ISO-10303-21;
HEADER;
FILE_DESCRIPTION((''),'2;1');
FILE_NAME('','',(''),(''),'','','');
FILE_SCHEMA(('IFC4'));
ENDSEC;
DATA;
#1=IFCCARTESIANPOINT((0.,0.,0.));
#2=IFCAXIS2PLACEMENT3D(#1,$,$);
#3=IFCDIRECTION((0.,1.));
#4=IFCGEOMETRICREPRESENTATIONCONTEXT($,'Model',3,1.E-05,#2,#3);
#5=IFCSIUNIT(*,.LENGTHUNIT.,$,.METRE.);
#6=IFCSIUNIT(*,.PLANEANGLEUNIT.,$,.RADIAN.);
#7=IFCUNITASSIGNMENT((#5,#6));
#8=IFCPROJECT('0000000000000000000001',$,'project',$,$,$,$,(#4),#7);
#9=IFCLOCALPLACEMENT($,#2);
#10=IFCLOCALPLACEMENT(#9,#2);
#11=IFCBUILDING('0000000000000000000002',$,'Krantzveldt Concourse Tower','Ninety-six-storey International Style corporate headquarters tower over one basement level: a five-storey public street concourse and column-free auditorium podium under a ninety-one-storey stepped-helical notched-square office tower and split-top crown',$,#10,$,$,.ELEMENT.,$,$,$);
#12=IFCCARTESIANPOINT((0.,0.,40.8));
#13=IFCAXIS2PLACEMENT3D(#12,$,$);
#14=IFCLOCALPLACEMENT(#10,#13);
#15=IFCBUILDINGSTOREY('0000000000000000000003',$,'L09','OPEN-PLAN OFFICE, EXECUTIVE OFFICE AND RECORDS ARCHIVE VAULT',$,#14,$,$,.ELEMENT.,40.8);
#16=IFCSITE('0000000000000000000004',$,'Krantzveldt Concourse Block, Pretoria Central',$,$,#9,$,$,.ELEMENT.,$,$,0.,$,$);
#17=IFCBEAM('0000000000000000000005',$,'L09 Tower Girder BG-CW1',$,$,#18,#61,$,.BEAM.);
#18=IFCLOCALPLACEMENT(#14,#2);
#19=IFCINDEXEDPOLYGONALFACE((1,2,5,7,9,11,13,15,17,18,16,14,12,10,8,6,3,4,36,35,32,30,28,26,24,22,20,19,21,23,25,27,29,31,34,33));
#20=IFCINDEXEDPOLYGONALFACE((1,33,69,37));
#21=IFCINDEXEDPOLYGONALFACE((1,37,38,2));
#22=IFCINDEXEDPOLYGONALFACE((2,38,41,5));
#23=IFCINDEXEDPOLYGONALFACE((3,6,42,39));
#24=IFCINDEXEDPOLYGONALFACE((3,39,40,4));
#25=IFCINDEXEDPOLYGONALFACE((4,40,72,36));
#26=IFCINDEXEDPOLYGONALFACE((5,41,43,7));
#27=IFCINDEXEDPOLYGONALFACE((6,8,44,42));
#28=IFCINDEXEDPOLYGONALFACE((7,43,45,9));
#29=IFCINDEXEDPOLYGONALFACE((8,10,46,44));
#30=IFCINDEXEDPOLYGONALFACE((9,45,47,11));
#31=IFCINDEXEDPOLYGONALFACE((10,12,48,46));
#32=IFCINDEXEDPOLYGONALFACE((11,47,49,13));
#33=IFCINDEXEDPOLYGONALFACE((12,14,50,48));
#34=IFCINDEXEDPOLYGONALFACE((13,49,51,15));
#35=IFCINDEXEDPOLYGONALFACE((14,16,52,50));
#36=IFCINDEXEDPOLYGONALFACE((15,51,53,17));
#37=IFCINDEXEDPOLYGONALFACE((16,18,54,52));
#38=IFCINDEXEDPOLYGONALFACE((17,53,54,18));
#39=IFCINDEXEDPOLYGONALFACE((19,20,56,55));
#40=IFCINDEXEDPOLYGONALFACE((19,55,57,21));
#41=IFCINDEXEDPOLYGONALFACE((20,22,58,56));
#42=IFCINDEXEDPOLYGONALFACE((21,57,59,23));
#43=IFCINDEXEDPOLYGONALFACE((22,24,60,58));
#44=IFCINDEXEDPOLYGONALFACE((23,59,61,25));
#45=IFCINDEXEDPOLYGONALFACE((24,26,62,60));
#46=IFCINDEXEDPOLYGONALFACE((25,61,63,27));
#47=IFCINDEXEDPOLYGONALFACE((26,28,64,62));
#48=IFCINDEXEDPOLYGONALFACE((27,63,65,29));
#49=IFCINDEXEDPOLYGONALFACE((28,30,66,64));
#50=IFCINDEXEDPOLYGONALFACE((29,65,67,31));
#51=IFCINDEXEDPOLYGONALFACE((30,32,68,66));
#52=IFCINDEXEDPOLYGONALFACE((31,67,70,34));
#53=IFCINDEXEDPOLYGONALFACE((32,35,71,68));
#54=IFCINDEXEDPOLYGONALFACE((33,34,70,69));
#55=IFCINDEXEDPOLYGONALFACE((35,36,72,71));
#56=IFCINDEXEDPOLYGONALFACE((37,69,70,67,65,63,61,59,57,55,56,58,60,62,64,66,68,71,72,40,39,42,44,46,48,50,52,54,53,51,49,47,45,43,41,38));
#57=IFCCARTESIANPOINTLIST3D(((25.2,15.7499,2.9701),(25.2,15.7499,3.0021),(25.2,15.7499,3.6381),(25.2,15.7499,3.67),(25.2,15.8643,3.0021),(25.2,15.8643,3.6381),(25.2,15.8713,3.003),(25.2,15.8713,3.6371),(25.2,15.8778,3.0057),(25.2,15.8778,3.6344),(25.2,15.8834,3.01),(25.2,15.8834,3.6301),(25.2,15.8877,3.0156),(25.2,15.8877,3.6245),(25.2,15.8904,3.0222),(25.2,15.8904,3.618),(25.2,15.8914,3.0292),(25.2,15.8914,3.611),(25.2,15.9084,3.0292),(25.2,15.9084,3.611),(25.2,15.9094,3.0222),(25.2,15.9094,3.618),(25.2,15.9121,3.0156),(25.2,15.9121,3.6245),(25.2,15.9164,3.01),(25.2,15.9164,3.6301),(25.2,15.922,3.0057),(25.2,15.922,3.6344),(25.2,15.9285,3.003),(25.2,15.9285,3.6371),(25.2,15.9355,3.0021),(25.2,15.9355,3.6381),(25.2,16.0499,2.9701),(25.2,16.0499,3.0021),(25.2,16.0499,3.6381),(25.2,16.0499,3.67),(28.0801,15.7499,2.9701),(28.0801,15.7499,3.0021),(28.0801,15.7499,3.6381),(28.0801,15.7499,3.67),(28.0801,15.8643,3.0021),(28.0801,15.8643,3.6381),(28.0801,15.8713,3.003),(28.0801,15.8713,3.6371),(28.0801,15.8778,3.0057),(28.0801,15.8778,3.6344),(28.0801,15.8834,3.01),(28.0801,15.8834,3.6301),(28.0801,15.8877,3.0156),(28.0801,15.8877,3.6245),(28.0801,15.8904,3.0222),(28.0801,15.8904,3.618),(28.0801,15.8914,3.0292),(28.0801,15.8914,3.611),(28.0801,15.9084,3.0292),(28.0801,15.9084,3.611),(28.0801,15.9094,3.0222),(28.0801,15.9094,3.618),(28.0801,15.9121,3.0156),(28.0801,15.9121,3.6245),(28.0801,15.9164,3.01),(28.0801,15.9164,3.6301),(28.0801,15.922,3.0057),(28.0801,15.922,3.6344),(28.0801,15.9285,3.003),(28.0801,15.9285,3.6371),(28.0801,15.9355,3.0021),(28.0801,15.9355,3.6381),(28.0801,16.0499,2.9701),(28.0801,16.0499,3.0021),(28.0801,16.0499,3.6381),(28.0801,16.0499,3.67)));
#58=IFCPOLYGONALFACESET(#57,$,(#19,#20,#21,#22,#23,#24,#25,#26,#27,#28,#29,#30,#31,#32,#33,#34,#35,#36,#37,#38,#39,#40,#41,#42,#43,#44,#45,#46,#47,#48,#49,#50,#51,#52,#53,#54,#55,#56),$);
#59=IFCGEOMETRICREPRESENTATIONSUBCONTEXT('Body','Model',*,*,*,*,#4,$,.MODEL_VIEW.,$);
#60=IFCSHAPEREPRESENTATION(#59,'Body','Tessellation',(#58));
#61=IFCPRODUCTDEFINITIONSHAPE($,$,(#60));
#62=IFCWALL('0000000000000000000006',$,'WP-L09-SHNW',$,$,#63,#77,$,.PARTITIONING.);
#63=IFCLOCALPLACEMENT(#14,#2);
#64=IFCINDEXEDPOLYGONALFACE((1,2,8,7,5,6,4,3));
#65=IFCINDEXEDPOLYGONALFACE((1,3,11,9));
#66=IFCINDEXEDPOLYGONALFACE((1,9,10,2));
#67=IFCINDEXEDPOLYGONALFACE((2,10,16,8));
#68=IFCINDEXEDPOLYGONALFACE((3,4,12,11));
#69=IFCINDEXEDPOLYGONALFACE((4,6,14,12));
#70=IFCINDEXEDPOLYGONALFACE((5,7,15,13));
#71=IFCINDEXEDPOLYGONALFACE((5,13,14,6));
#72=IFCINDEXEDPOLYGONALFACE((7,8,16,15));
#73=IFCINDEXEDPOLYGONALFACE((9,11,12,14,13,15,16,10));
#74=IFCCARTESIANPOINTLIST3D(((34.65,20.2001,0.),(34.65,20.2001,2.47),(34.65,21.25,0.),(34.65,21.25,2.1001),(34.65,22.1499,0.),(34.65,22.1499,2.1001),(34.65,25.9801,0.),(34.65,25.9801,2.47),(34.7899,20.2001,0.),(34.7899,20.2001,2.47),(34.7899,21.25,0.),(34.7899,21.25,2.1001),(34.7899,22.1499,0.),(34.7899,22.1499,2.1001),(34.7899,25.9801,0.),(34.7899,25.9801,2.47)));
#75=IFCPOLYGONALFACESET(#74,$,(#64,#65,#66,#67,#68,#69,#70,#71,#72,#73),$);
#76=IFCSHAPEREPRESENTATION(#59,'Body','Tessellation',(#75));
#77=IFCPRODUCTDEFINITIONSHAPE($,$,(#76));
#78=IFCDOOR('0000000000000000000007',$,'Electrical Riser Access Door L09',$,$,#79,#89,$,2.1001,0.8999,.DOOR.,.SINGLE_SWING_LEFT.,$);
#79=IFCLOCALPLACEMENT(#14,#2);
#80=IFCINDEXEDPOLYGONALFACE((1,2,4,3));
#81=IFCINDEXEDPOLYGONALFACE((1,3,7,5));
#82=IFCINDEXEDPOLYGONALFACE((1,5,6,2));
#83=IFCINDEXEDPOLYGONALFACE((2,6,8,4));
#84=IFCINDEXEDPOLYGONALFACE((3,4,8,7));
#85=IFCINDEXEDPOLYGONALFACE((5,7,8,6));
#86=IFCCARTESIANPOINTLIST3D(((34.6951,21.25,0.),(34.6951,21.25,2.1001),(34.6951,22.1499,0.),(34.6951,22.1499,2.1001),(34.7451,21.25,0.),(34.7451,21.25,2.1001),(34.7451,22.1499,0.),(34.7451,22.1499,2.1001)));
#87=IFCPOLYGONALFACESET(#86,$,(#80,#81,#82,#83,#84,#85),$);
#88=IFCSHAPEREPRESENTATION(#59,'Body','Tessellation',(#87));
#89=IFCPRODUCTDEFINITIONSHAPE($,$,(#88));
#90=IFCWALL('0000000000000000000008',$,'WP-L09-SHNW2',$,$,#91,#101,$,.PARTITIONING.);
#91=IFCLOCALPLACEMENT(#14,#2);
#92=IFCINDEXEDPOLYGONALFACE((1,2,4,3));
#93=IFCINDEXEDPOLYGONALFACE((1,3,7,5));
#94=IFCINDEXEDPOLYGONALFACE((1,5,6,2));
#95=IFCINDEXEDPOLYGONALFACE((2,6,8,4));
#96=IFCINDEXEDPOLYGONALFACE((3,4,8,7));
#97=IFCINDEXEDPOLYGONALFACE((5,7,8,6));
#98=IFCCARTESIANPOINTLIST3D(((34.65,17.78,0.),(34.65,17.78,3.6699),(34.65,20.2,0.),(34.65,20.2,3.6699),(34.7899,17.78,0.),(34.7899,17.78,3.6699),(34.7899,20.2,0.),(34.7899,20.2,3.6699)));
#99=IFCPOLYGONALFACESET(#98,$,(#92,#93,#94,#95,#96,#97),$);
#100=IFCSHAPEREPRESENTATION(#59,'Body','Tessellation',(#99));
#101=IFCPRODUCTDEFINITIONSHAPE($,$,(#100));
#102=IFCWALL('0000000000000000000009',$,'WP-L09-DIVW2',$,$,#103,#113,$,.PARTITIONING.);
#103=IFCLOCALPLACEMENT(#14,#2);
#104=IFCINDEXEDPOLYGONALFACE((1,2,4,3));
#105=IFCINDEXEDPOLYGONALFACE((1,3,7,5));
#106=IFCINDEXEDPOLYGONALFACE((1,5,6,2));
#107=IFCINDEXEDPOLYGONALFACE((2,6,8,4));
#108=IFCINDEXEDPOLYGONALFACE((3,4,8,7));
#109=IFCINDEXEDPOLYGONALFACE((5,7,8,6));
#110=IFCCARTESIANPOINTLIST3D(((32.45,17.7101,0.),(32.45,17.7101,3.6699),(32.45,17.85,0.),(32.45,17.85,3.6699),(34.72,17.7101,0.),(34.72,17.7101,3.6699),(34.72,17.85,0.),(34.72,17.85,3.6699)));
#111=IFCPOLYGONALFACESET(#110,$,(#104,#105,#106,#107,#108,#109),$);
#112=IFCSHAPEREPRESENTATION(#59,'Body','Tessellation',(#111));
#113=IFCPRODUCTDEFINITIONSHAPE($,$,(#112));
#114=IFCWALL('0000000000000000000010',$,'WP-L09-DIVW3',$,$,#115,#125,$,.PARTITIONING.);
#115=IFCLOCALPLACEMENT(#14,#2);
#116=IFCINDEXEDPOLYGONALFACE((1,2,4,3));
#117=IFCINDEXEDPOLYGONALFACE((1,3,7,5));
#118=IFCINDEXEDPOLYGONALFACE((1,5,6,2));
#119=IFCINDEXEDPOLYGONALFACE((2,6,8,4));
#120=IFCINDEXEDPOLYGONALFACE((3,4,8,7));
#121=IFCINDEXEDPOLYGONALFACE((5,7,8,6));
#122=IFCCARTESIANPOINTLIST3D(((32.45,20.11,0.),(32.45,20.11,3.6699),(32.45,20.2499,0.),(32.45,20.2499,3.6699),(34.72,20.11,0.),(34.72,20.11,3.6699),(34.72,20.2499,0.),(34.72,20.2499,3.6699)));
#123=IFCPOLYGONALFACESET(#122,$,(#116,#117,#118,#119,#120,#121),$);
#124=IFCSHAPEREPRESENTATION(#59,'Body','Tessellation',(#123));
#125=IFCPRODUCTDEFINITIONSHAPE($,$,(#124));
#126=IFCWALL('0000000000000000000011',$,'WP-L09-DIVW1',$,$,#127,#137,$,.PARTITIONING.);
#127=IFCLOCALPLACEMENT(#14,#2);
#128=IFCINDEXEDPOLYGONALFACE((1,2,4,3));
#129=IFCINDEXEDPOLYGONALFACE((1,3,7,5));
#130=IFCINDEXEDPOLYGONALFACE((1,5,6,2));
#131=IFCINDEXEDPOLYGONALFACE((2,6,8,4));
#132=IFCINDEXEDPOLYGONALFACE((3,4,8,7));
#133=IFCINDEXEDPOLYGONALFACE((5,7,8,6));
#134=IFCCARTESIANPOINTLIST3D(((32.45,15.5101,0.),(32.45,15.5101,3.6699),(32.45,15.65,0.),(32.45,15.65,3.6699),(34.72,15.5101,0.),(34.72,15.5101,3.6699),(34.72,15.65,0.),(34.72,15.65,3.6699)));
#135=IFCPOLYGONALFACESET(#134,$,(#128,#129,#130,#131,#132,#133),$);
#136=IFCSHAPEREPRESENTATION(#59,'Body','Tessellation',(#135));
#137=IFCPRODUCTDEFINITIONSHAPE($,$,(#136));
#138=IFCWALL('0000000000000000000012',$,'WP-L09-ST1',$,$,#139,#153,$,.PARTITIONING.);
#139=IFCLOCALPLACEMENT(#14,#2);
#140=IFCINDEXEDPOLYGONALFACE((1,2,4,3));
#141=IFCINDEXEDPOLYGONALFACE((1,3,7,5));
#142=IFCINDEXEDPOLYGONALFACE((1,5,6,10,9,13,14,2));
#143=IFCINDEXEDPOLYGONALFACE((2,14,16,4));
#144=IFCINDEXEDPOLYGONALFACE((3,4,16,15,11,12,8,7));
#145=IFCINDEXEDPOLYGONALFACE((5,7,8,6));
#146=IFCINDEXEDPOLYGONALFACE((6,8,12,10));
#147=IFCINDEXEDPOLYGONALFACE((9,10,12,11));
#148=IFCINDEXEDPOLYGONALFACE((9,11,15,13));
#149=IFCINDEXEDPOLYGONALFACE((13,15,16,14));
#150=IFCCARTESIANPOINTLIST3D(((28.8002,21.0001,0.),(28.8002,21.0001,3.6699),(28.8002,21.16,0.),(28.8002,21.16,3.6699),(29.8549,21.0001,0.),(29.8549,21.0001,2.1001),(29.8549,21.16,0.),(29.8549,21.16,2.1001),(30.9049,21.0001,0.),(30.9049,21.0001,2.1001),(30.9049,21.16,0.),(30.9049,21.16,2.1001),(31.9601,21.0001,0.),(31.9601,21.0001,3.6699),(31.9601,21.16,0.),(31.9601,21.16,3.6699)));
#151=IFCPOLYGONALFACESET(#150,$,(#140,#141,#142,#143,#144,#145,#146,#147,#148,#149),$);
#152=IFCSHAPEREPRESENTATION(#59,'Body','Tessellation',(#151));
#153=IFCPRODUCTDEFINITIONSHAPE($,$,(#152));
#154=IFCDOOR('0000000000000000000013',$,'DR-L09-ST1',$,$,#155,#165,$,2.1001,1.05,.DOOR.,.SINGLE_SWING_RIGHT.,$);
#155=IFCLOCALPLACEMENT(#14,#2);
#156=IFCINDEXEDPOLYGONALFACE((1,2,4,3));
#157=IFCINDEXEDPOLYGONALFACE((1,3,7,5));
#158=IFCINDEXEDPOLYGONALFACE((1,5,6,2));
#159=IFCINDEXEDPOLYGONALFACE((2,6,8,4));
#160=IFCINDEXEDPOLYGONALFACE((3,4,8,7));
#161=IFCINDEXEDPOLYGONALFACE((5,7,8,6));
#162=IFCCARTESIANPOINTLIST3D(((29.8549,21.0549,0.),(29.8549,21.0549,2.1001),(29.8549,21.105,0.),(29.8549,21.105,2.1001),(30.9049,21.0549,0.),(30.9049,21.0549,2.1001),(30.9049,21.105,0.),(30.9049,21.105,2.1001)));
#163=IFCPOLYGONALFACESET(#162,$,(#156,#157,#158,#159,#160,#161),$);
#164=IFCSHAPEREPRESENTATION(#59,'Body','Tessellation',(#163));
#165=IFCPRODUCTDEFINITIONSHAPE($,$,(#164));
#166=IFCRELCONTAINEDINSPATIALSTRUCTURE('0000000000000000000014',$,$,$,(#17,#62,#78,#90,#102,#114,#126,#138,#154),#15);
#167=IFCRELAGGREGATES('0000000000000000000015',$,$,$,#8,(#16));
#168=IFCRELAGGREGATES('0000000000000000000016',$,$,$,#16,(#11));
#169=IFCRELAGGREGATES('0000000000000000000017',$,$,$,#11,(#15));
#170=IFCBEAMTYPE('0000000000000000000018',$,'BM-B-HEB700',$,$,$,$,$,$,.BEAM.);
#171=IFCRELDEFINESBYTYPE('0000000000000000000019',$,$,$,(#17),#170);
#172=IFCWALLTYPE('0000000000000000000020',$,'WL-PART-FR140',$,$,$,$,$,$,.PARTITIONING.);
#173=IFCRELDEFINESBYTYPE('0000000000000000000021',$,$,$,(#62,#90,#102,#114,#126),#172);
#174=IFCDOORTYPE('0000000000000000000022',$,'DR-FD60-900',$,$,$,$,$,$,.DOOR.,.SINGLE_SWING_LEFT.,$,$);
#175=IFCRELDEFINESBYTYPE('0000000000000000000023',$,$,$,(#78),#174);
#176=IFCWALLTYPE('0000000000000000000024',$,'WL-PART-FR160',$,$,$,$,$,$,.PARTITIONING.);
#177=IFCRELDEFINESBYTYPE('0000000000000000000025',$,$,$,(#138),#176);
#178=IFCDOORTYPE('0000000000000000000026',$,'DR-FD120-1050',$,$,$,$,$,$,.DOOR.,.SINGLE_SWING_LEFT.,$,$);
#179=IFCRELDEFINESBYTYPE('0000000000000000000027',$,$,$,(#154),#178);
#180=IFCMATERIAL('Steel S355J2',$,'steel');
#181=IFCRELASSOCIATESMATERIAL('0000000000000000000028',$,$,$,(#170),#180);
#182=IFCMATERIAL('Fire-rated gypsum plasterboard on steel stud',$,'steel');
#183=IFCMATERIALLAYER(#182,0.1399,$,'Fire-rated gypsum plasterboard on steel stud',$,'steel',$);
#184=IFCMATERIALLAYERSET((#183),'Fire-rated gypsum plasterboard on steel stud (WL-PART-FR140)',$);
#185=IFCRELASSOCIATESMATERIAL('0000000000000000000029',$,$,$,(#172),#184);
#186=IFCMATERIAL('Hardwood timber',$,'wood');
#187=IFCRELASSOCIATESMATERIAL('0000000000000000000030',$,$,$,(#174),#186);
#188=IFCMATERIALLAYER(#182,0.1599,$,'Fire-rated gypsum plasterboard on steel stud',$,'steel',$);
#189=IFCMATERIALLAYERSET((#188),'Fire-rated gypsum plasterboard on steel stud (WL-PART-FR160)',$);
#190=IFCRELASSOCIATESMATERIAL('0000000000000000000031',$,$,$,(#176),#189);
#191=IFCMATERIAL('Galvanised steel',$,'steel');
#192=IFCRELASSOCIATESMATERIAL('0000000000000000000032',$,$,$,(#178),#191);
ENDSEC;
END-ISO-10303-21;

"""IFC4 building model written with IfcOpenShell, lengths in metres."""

from ifc_helpers import new_model, si_unit, direction, frame, frame_2d, origin, origin_2d, place, context, subcontext, project, spatial, rectangle, i_section, extrude, source, transform, mapped, material, layer, layer_set, material_profile, profile_set, type_object, type_shapes, element, fill, save


model = new_model("IFC4")

# Units and contexts
model_context = context("Model", 3, precision=1e-05, world=origin(), true_north=direction((0.0, 1.0)))
body_context = subcontext(model_context, "Body", "Model", "MODEL_VIEW")
ifc_project = project(units=[si_unit("LENGTHUNIT", "METRE"), si_unit("PLANEANGLEUNIT", "RADIAN")], contexts=[model_context])

# Site, building, storey
site_placement = place(None, origin())
site = spatial("IfcSite", under=ifc_project, at=site_placement, Name="Krantzveldt Concourse Block, Pretoria Central", CompositionType="ELEMENT", RefElevation=0.0)
building_placement = place(site_placement, origin())
building = spatial("IfcBuilding", under=site, at=building_placement, Name="Krantzveldt Concourse Tower", Description="Ninety-six-storey International Style corporate headquarters tower over one basement level: a five-storey public street concourse and column-free auditorium podium under a ninety-one-storey stepped-helical notched-square office tower and split-top crown", CompositionType="ELEMENT")
storey_placement = place(building_placement, frame((0.0, 0.0, 40.8)))
storey = spatial("IfcBuildingStorey", under=building, at=storey_placement, Name="L09", Description="OPEN-PLAN OFFICE, EXECUTIVE OFFICE AND RECORDS ARCHIVE VAULT", CompositionType="ELEMENT", Elevation=40.8)

# Beam
ifc_material_1 = material(Name="Steel S355J2", Category="steel")
ifc_material_profile = material_profile(ifc_material_1, i_section(OverallWidth=0.3, OverallDepth=0.7, WebThickness=0.0171, FlangeThickness=0.032, FilletRadius=0.0271, at=origin_2d()), Name="Steel S355J2", Category="steel")
ifc_profile_set = profile_set([ifc_material_profile], Name="Steel S355J2 - HEB 700")
beam_type = type_object("IfcBeamType", Name="BM-B-HEB700", PredefinedType="BEAM", material=ifc_profile_set)
shared_shape = source(origin(), body_context, "Body", "SweptSolid", [
    extrude(i_section(OverallWidth=0.3, OverallDepth=0.7, WebThickness=0.0171, FlangeThickness=0.032, FilletRadius=0.0271, at=origin_2d()), origin(), (0.0, 0.0, 1.0), 2.8801),
])
type_shapes(beam_type, [shared_shape])
beam_placement = place(storey_placement, frame((25.2, 15.8999, 3.3201), z_axis=(1.0, 0.0, 0.0), x_axis=(0.0, 1.0, 0.0)))
element("IfcBeam", 1, at=beam_placement, inside=storey, type_object=beam_type, Name="L09 Tower Girder BG-CW1", PredefinedType="BEAM", context=body_context, shape_type="MappedRepresentation", body=[
    mapped(shared_shape, transform((0.0, 0.0, 0.0), x_axis=(1.0, 0.0, 0.0), y_axis=(0.0, 1.0, 0.0), z_axis=(0.0, 0.0, 1.0), scale=1.0)),
])

# Wall, opening, door
ifc_material_2 = material(Name="Fire-rated gypsum plasterboard on steel stud", Category="steel")
ifc_layer_1 = layer(ifc_material_2, 0.1399, Name="Fire-rated gypsum plasterboard on steel stud", Category="steel")
ifc_layer_set_1 = layer_set([ifc_layer_1], Name="Fire-rated gypsum plasterboard on steel stud (WL-PART-FR140)")
wall_type_1 = type_object("IfcWallType", Name="WL-PART-FR140", PredefinedType="PARTITIONING", material=ifc_layer_set_1)
wall_1_placement = place(storey_placement, frame((34.72, 20.2, 0.0), z_axis=(0.0, 0.0, 1.0), x_axis=(0.0, 1.0, 0.0)))
wall_1 = element("IfcWall", 2, at=wall_1_placement, inside=storey, type_object=wall_type_1, Name="WP-L09-SHNW", PredefinedType="PARTITIONING", context=body_context, shape_type="SweptSolid", body=[
    extrude(rectangle(XDim=5.78, YDim=0.1399, at=frame_2d((2.8901, 0.0))), origin(), (0.0, 0.0, 1.0), 2.47),
])
opening_1_placement = place(wall_1_placement, frame((1.05, 0.0, 0.0)))
opening_1 = element("IfcOpeningElement", 3, at=opening_1_placement, cuts=wall_1, PredefinedType="OPENING", context=body_context, shape_type="SweptSolid", body=[
    extrude(rectangle(XDim=0.8999, YDim=2.1001, at=frame_2d((0.45, 1.05))), frame((0.0, 0.0801, 0.0), z_axis=(0.0, -1.0, 0.0), x_axis=(1.0, 0.0, 0.0)), (0.0, 0.0, 1.0), 0.1599),
])
ifc_material_3 = material(Name="Hardwood timber", Category="wood")
door_type_1 = type_object("IfcDoorType", Name="DR-FD60-900", OperationType="SINGLE_SWING_LEFT", PredefinedType="DOOR", material=ifc_material_3)
door_1_placement = place(opening_1_placement, origin())
door_1 = element("IfcDoor", 4, at=door_1_placement, inside=storey, type_object=door_type_1, Name="Electrical Riser Access Door L09", OperationType="SINGLE_SWING_LEFT", OverallHeight=2.1001, OverallWidth=0.8999, PredefinedType="DOOR", context=body_context, shape_type="SweptSolid", body=[
    extrude(rectangle(XDim=0.8999, YDim=2.1001, at=frame_2d((0.45, 1.05))), frame((0.0, 0.0249, 0.0), z_axis=(0.0, -1.0, 0.0), x_axis=(1.0, 0.0, 0.0)), (0.0, 0.0, 1.0), 0.05),
])
fill(opening_1, door_1)

# Walls
wall_2_placement = place(storey_placement, frame((34.72, 17.78, 0.0), z_axis=(0.0, 0.0, 1.0), x_axis=(0.0, 1.0, 0.0)))
element("IfcWall", 5, at=wall_2_placement, inside=storey, type_object=wall_type_1, Name="WP-L09-SHNW2", PredefinedType="PARTITIONING", context=body_context, shape_type="SweptSolid", body=[
    extrude(rectangle(XDim=2.4199, YDim=0.1399, at=frame_2d((1.21, 0.0))), origin(), (0.0, 0.0, 1.0), 3.6699),
])
for number, where, z_axis, x_axis, name in (
    (6, (32.45, 17.78, 0.0), (0.0, 0.0, 1.0), (1.0, 0.0, 0.0), "WP-L09-DIVW2"),
    (7, (32.45, 20.1799, 0.0), (0.0, 0.0, 1.0), (1.0, 0.0, 0.0), "WP-L09-DIVW3"),
    (8, (32.45, 15.5801, 0.0), (0.0, 0.0, 1.0), (1.0, 0.0, 0.0), "WP-L09-DIVW1"),
):
    element("IfcWall", number, at=place(storey_placement, frame(where, z_axis=z_axis, x_axis=x_axis)), inside=storey, type_object=wall_type_1, Name=name, PredefinedType="PARTITIONING", context=body_context, shape_type="SweptSolid", body=[
        extrude(rectangle(XDim=2.27, YDim=0.1399, at=frame_2d((1.135, 0.0))), origin(), (0.0, 0.0, 1.0), 3.6699),
    ])

# Wall, opening, door
ifc_layer_2 = layer(ifc_material_2, 0.1599, Name="Fire-rated gypsum plasterboard on steel stud", Category="steel")
ifc_layer_set_2 = layer_set([ifc_layer_2], Name="Fire-rated gypsum plasterboard on steel stud (WL-PART-FR160)")
wall_type_2 = type_object("IfcWallType", Name="WL-PART-FR160", PredefinedType="PARTITIONING", material=ifc_layer_set_2)
wall_3_placement = place(storey_placement, frame((28.8, 21.0801, 0.0), z_axis=(0.0, 0.0, 1.0), x_axis=(1.0, 0.0, 0.0)))
wall_3 = element("IfcWall", 9, at=wall_3_placement, inside=storey, type_object=wall_type_2, Name="WP-L09-ST1", PredefinedType="PARTITIONING", context=body_context, shape_type="SweptSolid", body=[
    extrude(rectangle(XDim=3.1599, YDim=0.1599, at=frame_2d((1.5801, 0.0))), origin(), (0.0, 0.0, 1.0), 3.6699),
])
opening_2_placement = place(wall_3_placement, frame((1.0549, 0.0, 0.0)))
opening_2 = element("IfcOpeningElement", 10, at=opening_2_placement, cuts=wall_3, PredefinedType="OPENING", context=body_context, shape_type="SweptSolid", body=[
    extrude(rectangle(XDim=1.05, YDim=2.1001, at=frame_2d((0.5249, 1.05))), frame((0.0, 0.0898, 0.0), z_axis=(0.0, -1.0, 0.0), x_axis=(1.0, 0.0, 0.0)), (0.0, 0.0, 1.0), 0.1799),
])
ifc_material_4 = material(Name="Galvanised steel", Category="steel")
door_type_2 = type_object("IfcDoorType", Name="DR-FD120-1050", OperationType="SINGLE_SWING_LEFT", PredefinedType="DOOR", material=ifc_material_4)
door_2_placement = place(opening_2_placement, origin())
door_2 = element("IfcDoor", 11, at=door_2_placement, inside=storey, type_object=door_type_2, Name="DR-L09-ST1", OperationType="SINGLE_SWING_RIGHT", OverallHeight=2.1001, OverallWidth=1.05, PredefinedType="DOOR", context=body_context, shape_type="SweptSolid", body=[
    extrude(rectangle(XDim=1.05, YDim=2.1001, at=frame_2d((0.5249, 1.05))), frame((0.0, 0.0249, 0.0), z_axis=(0.0, -1.0, 0.0), x_axis=(1.0, 0.0, 0.0)), (0.0, 0.0, 1.0), 0.05),
])
fill(opening_2, door_2)

save(model, "model.ifc")
